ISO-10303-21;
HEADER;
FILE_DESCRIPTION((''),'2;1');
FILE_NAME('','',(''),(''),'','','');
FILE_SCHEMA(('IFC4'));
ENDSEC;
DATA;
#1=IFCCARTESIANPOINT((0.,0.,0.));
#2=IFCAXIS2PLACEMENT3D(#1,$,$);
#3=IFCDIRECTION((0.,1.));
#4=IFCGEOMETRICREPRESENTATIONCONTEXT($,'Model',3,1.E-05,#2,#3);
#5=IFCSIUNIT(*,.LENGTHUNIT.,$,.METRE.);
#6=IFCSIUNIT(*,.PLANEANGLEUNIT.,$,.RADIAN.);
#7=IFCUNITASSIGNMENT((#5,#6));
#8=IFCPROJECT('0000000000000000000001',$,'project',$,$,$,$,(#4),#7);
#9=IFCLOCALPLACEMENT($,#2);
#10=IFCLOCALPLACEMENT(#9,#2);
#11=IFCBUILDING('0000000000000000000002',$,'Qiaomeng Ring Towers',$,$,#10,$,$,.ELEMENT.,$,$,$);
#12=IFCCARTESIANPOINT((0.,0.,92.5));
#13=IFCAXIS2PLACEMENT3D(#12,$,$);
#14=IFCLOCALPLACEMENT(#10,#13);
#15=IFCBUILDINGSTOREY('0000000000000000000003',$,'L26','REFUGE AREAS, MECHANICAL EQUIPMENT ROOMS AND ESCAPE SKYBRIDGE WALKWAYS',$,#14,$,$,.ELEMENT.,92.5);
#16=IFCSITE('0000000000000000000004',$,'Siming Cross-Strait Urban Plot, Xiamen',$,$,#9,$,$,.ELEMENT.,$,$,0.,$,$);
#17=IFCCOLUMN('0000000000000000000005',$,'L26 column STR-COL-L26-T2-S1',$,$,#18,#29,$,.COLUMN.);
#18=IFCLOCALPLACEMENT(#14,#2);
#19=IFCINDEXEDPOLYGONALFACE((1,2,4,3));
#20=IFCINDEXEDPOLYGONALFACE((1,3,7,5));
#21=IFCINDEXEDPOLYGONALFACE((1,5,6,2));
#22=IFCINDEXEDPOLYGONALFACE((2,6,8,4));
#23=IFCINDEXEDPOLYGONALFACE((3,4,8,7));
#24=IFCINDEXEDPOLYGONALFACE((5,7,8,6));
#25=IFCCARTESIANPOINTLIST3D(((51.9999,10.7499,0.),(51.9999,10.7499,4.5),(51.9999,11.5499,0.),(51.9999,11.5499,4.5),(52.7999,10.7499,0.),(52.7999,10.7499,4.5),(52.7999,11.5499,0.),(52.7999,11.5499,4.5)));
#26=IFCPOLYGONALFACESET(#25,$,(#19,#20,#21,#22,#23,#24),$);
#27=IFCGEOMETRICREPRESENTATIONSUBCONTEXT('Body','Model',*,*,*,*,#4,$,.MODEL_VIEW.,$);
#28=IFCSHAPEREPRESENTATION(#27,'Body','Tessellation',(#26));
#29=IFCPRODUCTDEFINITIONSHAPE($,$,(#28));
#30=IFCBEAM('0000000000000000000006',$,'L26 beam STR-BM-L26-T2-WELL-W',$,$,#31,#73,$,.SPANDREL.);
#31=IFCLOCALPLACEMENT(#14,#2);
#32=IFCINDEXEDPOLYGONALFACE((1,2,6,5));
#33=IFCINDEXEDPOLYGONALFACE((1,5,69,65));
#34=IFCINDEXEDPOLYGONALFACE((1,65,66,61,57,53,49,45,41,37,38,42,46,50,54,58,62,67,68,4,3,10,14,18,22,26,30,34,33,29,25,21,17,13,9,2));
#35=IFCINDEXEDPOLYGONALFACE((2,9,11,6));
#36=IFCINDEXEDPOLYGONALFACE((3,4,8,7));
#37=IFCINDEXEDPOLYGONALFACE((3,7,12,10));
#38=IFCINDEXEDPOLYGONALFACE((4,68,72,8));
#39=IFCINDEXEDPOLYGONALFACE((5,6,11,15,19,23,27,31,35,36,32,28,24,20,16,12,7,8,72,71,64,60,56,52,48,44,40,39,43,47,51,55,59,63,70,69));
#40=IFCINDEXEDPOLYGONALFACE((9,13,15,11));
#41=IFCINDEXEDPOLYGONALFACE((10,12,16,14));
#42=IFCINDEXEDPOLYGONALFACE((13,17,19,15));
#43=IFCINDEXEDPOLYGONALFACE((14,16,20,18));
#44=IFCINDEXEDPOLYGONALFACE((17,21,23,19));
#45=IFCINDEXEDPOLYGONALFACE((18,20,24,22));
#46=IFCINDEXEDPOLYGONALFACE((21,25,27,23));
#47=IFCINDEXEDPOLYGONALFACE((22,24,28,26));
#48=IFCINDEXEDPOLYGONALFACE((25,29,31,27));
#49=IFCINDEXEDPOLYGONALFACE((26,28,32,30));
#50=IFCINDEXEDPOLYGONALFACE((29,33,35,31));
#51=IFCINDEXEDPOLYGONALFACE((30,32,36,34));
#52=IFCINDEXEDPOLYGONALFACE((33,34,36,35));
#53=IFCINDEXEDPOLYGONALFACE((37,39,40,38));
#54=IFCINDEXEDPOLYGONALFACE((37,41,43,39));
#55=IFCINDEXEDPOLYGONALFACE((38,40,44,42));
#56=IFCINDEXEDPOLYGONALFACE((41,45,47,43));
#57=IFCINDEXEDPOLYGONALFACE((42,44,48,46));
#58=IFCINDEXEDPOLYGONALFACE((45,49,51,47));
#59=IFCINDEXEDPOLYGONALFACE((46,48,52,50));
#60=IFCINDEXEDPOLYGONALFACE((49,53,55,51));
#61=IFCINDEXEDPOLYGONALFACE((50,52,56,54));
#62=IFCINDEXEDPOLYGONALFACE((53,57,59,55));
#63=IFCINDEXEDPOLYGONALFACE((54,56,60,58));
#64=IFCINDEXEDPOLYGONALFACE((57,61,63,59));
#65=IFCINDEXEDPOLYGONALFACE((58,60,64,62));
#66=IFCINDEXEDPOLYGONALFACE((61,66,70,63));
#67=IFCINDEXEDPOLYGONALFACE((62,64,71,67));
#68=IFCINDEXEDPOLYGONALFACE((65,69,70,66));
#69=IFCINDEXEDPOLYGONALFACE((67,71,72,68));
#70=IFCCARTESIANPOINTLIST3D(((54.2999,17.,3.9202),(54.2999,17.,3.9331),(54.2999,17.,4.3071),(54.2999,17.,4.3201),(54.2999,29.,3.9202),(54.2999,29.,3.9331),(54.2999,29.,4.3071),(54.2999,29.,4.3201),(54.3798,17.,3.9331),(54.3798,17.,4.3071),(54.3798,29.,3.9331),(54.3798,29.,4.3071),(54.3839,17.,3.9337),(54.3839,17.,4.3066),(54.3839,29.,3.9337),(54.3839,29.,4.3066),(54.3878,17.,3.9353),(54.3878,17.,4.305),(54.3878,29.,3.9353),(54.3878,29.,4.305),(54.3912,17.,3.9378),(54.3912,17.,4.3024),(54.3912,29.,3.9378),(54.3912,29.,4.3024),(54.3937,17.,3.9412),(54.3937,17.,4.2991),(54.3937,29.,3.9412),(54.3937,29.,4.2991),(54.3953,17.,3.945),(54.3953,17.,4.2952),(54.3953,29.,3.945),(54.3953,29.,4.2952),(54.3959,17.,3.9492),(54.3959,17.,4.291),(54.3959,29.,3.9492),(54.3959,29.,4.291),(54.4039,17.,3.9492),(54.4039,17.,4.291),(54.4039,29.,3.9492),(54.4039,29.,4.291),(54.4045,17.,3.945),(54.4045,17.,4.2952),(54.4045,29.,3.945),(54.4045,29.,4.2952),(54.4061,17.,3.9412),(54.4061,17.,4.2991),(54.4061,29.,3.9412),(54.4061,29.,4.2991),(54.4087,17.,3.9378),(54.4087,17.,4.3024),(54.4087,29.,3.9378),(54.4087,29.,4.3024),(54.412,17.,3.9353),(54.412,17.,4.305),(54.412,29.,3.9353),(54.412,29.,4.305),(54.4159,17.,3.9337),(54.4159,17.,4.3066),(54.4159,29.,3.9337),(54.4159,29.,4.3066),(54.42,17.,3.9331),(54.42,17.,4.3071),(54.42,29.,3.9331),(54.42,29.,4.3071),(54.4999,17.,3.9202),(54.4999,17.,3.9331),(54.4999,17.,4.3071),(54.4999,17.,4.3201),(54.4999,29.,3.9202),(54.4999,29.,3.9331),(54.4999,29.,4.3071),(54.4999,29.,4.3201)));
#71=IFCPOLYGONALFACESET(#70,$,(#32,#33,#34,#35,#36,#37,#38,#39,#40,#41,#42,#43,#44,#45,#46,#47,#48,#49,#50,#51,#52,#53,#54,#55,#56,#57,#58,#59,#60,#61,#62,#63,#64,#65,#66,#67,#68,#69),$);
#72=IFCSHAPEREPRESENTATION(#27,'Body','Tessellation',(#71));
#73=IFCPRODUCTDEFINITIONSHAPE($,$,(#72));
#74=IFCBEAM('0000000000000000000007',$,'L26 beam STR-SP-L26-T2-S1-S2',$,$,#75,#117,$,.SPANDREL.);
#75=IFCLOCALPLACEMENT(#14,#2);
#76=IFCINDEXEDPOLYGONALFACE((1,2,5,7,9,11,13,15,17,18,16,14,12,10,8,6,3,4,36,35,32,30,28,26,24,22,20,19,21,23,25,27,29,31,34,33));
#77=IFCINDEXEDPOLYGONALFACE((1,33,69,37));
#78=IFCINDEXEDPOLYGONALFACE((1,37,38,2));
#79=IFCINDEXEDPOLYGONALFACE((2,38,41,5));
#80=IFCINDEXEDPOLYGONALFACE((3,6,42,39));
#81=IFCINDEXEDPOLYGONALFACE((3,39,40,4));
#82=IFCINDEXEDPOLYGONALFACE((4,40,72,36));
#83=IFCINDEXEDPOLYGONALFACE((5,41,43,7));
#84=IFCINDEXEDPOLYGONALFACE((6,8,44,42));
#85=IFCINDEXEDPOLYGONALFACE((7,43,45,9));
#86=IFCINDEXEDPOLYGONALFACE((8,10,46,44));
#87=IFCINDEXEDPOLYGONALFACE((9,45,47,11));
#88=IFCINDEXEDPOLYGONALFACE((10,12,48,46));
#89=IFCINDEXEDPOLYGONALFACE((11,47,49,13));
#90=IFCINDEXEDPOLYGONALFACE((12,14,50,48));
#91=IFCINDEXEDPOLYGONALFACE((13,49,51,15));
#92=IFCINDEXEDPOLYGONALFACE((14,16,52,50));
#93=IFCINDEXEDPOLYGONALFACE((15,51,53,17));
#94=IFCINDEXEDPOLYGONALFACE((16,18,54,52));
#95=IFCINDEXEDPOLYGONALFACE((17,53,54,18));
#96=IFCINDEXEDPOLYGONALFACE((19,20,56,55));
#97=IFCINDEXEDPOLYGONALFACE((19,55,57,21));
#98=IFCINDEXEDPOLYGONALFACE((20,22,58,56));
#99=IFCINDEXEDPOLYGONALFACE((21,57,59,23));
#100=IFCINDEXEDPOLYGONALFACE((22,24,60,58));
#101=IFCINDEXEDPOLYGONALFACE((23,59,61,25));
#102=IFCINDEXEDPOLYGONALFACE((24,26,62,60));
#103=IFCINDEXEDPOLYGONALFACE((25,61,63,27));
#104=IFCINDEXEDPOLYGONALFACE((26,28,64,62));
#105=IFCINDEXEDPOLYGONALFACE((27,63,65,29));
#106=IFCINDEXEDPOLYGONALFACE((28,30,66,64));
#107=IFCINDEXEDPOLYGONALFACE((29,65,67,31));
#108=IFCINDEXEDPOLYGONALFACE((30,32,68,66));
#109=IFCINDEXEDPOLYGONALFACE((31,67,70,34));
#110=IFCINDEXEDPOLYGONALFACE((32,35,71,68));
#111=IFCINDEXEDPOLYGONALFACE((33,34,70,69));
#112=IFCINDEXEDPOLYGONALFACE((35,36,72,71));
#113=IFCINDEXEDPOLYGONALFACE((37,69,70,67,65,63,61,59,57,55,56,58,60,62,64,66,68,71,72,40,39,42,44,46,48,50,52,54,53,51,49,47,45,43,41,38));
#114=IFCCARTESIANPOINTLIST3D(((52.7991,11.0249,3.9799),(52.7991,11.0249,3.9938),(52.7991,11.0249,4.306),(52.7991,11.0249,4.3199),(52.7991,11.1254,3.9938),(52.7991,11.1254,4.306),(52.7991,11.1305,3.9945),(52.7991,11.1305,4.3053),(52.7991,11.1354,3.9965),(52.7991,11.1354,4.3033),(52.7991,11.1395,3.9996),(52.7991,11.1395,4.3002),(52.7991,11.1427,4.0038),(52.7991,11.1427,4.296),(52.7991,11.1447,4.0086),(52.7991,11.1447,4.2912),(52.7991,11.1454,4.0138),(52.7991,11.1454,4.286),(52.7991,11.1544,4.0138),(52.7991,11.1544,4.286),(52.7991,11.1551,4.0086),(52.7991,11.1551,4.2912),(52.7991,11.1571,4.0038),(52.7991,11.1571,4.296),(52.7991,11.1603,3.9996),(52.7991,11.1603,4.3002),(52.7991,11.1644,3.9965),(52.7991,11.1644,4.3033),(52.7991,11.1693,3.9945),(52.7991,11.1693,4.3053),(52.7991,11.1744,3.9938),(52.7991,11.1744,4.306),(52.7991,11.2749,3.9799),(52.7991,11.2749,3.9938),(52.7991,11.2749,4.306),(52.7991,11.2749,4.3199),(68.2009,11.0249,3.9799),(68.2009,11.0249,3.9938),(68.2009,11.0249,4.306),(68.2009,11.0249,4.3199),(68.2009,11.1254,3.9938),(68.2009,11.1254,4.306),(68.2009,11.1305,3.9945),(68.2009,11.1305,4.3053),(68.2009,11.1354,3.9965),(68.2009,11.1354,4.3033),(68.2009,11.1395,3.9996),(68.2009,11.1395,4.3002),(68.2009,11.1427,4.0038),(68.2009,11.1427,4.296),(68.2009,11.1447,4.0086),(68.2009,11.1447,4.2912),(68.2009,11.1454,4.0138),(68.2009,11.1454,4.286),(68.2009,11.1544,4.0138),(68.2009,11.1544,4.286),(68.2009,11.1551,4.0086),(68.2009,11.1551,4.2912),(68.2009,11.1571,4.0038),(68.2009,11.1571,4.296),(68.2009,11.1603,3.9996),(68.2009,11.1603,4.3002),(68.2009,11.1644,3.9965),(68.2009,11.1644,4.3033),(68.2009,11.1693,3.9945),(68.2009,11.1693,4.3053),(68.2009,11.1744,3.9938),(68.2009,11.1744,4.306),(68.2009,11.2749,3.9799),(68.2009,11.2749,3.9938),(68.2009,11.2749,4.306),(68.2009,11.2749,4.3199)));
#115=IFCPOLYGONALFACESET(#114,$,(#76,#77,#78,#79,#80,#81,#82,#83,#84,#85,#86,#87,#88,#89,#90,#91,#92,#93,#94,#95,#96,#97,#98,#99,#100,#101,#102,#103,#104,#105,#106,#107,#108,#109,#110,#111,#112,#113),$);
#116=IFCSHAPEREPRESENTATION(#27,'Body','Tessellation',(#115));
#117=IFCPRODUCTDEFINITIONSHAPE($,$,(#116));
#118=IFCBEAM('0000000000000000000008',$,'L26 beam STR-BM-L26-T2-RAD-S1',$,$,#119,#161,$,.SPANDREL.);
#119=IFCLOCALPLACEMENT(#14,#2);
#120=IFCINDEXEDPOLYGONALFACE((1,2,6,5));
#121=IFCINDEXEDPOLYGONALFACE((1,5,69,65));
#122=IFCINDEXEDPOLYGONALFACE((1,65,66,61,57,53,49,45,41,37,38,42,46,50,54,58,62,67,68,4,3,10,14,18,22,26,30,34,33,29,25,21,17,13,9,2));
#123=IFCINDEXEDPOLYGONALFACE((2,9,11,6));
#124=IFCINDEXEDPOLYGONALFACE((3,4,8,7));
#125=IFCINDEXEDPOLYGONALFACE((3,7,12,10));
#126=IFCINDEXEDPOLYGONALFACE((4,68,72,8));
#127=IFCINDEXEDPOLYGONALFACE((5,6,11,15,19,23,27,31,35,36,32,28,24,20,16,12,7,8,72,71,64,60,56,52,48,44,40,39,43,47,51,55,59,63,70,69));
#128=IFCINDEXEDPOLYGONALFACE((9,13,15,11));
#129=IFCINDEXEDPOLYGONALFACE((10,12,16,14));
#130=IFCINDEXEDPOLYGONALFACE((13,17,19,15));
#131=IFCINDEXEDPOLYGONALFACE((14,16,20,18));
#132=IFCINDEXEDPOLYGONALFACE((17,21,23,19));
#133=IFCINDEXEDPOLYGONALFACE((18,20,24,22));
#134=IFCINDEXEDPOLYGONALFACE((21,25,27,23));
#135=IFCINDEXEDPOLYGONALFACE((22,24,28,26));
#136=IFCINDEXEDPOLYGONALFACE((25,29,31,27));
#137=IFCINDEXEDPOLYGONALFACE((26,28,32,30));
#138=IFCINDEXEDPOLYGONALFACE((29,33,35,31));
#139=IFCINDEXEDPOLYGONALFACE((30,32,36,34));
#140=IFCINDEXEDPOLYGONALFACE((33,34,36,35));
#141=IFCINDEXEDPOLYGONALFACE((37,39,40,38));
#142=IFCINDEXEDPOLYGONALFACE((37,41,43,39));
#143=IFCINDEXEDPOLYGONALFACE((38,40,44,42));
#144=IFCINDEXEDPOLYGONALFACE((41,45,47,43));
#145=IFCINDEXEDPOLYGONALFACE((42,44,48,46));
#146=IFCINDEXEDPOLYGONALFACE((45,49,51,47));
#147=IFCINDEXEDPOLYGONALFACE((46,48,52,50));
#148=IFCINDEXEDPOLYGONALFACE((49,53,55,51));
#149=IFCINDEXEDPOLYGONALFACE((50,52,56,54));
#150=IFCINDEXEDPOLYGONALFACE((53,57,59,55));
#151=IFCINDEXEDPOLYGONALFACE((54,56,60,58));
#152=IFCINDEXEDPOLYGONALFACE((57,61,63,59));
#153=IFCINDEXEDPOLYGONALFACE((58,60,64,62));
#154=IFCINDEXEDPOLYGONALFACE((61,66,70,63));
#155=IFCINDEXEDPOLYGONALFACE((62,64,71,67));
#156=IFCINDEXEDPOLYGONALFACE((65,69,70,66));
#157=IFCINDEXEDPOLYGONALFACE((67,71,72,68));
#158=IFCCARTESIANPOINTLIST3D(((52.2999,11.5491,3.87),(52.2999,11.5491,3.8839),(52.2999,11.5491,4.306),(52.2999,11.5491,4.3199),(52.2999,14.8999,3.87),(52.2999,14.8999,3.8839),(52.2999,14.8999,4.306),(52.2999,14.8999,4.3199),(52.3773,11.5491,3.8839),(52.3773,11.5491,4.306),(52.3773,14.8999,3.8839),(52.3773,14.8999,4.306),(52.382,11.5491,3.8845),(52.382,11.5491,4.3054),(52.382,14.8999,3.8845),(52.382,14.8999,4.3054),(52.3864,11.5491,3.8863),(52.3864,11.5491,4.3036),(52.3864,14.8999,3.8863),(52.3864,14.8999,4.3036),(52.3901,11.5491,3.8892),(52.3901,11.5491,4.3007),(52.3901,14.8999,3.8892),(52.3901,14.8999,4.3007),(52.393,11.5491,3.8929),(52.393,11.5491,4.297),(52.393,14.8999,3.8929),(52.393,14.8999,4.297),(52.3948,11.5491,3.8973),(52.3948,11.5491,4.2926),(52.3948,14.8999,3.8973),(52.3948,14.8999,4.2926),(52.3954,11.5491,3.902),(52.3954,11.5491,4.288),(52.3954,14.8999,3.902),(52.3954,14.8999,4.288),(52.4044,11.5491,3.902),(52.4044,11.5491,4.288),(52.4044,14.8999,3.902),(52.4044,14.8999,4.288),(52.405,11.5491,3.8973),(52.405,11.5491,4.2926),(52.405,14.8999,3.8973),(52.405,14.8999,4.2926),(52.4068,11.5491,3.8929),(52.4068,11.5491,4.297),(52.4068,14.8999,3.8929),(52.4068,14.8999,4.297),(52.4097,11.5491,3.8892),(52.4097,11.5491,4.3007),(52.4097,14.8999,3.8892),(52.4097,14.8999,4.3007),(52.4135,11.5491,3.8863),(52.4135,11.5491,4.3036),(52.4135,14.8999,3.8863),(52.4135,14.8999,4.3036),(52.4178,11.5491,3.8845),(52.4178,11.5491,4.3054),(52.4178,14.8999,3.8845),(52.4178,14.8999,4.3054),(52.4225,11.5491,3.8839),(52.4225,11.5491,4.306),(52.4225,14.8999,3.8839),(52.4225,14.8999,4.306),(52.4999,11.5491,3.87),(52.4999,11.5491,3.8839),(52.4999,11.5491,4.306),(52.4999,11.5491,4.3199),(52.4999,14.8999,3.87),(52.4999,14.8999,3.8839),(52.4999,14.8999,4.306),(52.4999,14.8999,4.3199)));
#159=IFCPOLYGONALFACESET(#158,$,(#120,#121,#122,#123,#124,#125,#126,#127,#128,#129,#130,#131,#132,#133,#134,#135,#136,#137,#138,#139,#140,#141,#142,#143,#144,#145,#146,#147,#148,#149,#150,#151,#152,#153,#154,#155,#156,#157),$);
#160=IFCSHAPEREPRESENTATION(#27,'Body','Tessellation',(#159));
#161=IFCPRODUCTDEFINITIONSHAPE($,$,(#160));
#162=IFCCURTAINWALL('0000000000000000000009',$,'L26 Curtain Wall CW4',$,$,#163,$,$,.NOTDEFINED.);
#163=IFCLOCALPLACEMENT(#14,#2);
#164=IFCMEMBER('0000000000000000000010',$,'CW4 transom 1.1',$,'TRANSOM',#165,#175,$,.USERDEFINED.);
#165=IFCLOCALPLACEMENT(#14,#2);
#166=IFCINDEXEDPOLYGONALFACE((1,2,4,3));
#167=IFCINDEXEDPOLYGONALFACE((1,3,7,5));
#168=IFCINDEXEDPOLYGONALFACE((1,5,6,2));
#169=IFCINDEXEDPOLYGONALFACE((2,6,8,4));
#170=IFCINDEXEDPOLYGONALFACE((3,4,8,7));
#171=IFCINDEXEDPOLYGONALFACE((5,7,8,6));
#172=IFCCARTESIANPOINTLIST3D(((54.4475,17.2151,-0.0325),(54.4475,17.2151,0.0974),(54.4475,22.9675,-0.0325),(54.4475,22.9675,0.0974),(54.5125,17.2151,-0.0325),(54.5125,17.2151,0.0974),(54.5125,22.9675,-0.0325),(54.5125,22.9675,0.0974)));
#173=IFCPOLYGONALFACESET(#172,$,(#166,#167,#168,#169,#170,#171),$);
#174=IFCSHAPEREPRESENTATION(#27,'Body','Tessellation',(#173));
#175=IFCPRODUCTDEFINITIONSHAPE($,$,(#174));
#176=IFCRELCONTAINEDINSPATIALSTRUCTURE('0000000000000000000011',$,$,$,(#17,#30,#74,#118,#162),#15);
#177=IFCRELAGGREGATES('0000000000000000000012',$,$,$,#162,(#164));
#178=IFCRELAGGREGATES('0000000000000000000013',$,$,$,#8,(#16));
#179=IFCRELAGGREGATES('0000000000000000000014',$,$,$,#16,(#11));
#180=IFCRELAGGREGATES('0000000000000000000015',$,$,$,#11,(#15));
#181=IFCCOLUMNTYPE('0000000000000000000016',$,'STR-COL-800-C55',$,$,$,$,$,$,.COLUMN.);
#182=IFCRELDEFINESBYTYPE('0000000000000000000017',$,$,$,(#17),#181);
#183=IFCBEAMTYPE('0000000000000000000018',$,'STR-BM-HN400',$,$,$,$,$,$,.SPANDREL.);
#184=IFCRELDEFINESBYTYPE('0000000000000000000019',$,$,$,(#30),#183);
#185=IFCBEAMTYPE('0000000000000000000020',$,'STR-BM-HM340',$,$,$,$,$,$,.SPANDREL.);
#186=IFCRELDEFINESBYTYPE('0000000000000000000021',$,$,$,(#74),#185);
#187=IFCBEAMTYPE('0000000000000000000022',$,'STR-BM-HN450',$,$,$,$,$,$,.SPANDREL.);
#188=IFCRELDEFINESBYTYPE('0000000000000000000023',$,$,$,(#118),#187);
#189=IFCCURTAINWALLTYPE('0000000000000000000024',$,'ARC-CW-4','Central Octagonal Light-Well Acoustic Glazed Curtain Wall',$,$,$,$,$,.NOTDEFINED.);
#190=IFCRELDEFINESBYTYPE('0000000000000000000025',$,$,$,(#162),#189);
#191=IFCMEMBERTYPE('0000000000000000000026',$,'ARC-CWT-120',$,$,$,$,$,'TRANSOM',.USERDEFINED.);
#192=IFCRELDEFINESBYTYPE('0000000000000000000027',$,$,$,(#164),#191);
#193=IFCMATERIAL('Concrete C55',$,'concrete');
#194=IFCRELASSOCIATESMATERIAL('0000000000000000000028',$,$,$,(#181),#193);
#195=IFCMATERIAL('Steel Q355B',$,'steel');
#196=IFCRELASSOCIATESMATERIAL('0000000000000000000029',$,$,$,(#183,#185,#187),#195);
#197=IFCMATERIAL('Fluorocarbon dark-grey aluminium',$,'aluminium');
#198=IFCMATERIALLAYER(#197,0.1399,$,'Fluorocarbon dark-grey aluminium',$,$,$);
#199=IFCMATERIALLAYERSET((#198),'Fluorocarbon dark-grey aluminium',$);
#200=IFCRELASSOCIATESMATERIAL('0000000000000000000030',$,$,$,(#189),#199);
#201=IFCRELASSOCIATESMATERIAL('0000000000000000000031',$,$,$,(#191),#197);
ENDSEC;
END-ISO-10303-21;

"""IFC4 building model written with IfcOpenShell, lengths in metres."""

from ifc_helpers import new_model, si_unit, direction, frame, origin, origin_2d, place, context, subcontext, project, spatial, rectangle, i_section, extrude, source, transform, mapped, material, layer, layer_set, material_profile, profile_set, type_object, element, aggregate, save


model = new_model("IFC4")

# Units and contexts
model_context = context("Model", 3, precision=1e-05, world=origin(), true_north=direction((0.0, 1.0)))
body_context = subcontext(model_context, "Body", "Model", "MODEL_VIEW")
ifc_project = project(units=[si_unit("LENGTHUNIT", "METRE"), si_unit("PLANEANGLEUNIT", "RADIAN")], contexts=[model_context])

# Site, building, storey
site_placement = place(None, origin())
site = spatial("IfcSite", under=ifc_project, at=site_placement, Name="Siming Cross-Strait Urban Plot, Xiamen", CompositionType="ELEMENT", RefElevation=0.0)
building_placement = place(site_placement, origin())
building = spatial("IfcBuilding", under=site, at=building_placement, Name="Qiaomeng Ring Towers", CompositionType="ELEMENT")
storey_placement = place(building_placement, frame((0.0, 0.0, 92.5)))
storey = spatial("IfcBuildingStorey", under=building, at=storey_placement, Name="L26", Description="REFUGE AREAS, MECHANICAL EQUIPMENT ROOMS AND ESCAPE SKYBRIDGE WALKWAYS", CompositionType="ELEMENT", Elevation=92.5)

# Column
ifc_material_1 = material(Name="Concrete C55", Category="concrete")
ifc_material_profile_1 = material_profile(ifc_material_1, rectangle(XDim=0.8, YDim=0.8, at=origin_2d()), Name="RC COL 800x800")
ifc_profile_set_1 = profile_set([ifc_material_profile_1], Name="Concrete C55")
column_type = type_object("IfcColumnType", Name="STR-COL-800-C55", PredefinedType="COLUMN", material=ifc_profile_set_1)
shared_shape_1 = source(origin(), body_context, "Body", "SweptSolid", [
    extrude(rectangle(XDim=0.8, YDim=0.8, at=origin_2d()), origin(), (0.0, 0.0, 1.0), 4.5),
])
column_placement = place(storey_placement, frame((52.3999, 11.1499, 0.0), z_axis=(0.0, 0.0, 1.0), x_axis=(1.0, 0.0, 0.0)))
element("IfcColumn", 1, at=column_placement, inside=storey, type_object=column_type, Name="L26 column STR-COL-L26-T2-S1", PredefinedType="COLUMN", context=body_context, shape_type="MappedRepresentation", body=[
    mapped(shared_shape_1, transform((0.0, 0.0, 0.0), x_axis=(1.0, 0.0, 0.0), y_axis=(0.0, 1.0, 0.0), z_axis=(0.0, 0.0, 1.0), scale=1.0)),
])

# Beams
ifc_material_2 = material(Name="Steel Q355B", Category="steel")
ifc_material_profile_2 = material_profile(ifc_material_2, i_section(OverallWidth=0.2, OverallDepth=0.3999, WebThickness=0.0081, FlangeThickness=0.0129, FilletRadius=0.0161, at=origin_2d()), Name="HN 400x200x8x13")
ifc_profile_set_2 = profile_set([ifc_material_profile_2], Name="Steel Q355B")
beam_type_1 = type_object("IfcBeamType", Name="STR-BM-HN400", PredefinedType="SPANDREL", material=ifc_profile_set_2)
shared_shape_2 = source(origin(), body_context, "Body", "SweptSolid", [
    extrude(i_section(OverallWidth=0.2, OverallDepth=0.3999, WebThickness=0.0081, FlangeThickness=0.0129, FilletRadius=0.0161, at=origin_2d()), origin(), (0.0, 0.0, 1.0), 12.0),
])
beam_1_placement = place(storey_placement, frame((54.3999, 17.0, 4.1201), z_axis=(0.0, 1.0, 0.0), x_axis=(-1.0, 0.0, 0.0)))
element("IfcBeam", 2, at=beam_1_placement, inside=storey, type_object=beam_type_1, Name="L26 beam STR-BM-L26-T2-WELL-W", PredefinedType="SPANDREL", context=body_context, shape_type="MappedRepresentation", body=[
    mapped(shared_shape_2, transform((0.0, 0.0, 0.0), x_axis=(1.0, 0.0, 0.0), y_axis=(0.0, 1.0, 0.0), z_axis=(0.0, 0.0, 1.0), scale=1.0)),
])
ifc_material_profile_3 = material_profile(ifc_material_2, i_section(OverallWidth=0.25, OverallDepth=0.3401, WebThickness=0.009, FlangeThickness=0.0139, FilletRadius=0.02, at=origin_2d()), Name="HM 340x250x9x14")
ifc_profile_set_3 = profile_set([ifc_material_profile_3], Name="Steel Q355B")
beam_type_2 = type_object("IfcBeamType", Name="STR-BM-HM340", PredefinedType="SPANDREL", material=ifc_profile_set_3)
shared_shape_3 = source(origin(), body_context, "Body", "SweptSolid", [
    extrude(i_section(OverallWidth=0.25, OverallDepth=0.3401, WebThickness=0.009, FlangeThickness=0.0139, FilletRadius=0.02, at=origin_2d()), origin(), (0.0, 0.0, 1.0), 15.4019),
])
beam_2_placement = place(storey_placement, frame((52.7991, 11.1499, 4.1499), z_axis=(1.0, 0.0, 0.0), x_axis=(0.0, 1.0, 0.0)))
element("IfcBeam", 3, at=beam_2_placement, inside=storey, type_object=beam_type_2, Name="L26 beam STR-SP-L26-T2-S1-S2", PredefinedType="SPANDREL", context=body_context, shape_type="MappedRepresentation", body=[
    mapped(shared_shape_3, transform((0.0, 0.0, 0.0), x_axis=(1.0, 0.0, 0.0), y_axis=(0.0, 1.0, 0.0), z_axis=(0.0, 0.0, 1.0), scale=1.0)),
])
ifc_material_profile_4 = material_profile(ifc_material_2, i_section(OverallWidth=0.2, OverallDepth=0.45, WebThickness=0.009, FlangeThickness=0.0139, FilletRadius=0.0181, at=origin_2d()), Name="HN 450x200x9x14")
ifc_profile_set_4 = profile_set([ifc_material_profile_4], Name="Steel Q355B")
beam_type_3 = type_object("IfcBeamType", Name="STR-BM-HN450", PredefinedType="SPANDREL", material=ifc_profile_set_4)
shared_shape_4 = source(origin(), body_context, "Body", "SweptSolid", [
    extrude(i_section(OverallWidth=0.2, OverallDepth=0.45, WebThickness=0.009, FlangeThickness=0.0139, FilletRadius=0.0181, at=origin_2d()), origin(), (0.0, 0.0, 1.0), 3.3508),
])
beam_3_placement = place(storey_placement, frame((52.3999, 11.5491, 4.095), z_axis=(0.0, 1.0, 0.0), x_axis=(-1.0, 0.0, 0.0)))
element("IfcBeam", 4, at=beam_3_placement, inside=storey, type_object=beam_type_3, Name="L26 beam STR-BM-L26-T2-RAD-S1", PredefinedType="SPANDREL", context=body_context, shape_type="MappedRepresentation", body=[
    mapped(shared_shape_4, transform((0.0, 0.0, 0.0), x_axis=(1.0, 0.0, 0.0), y_axis=(0.0, 1.0, 0.0), z_axis=(0.0, 0.0, 1.0), scale=1.0)),
])

# Curtain wall, member
ifc_material_3 = material(Name="Fluorocarbon dark-grey aluminium", Category="aluminium")
ifc_layer_1 = layer(ifc_material_3, 0.1399, Name="Fluorocarbon dark-grey aluminium")
ifc_layer_set_1 = layer_set([ifc_layer_1], Name="Fluorocarbon dark-grey aluminium")
curtain_wall_type_1 = type_object("IfcCurtainWallType", Name="ARC-CW-4", Description="Central Octagonal Light-Well Acoustic Glazed Curtain Wall", PredefinedType="NOTDEFINED", material=ifc_layer_set_1)
curtain_wall_1_placement = place(storey_placement, origin())
curtain_wall_1 = element("IfcCurtainWall", 5, at=curtain_wall_1_placement, inside=storey, type_object=curtain_wall_type_1, Name="L26 Curtain Wall CW4", PredefinedType="NOTDEFINED")
ifc_material_profile_5 = material_profile(ifc_material_3, rectangle(XDim=0.0649, YDim=0.1299, at=origin_2d()), Name="ALU TRAN 65x130")
ifc_profile_set_5 = profile_set([ifc_material_profile_5], Name="Fluorocarbon dark-grey aluminium")
member_type_1 = type_object("IfcMemberType", Name="ARC-CWT-120", ElementType="TRANSOM", PredefinedType="USERDEFINED", material=ifc_profile_set_5)
shared_shape_5 = source(origin(), body_context, "Body", "SweptSolid", [
    extrude(rectangle(XDim=0.0649, YDim=0.1299, at=origin_2d()), origin(), (0.0, 0.0, 1.0), 5.7524),
])
member_1_placement = place(storey_placement, frame((54.48, 17.2151, 0.0325), z_axis=(0.0, 1.0, 0.0), x_axis=(-1.0, 0.0, 0.0)))
member_1 = element("IfcMember", 6, at=member_1_placement, type_object=member_type_1, Name="CW4 transom 1.1", ObjectType="TRANSOM", PredefinedType="USERDEFINED", context=body_context, shape_type="MappedRepresentation", body=[
    mapped(shared_shape_5, transform((0.0, 0.0, 0.0), x_axis=(1.0, 0.0, 0.0), y_axis=(0.0, 1.0, 0.0), z_axis=(0.0, 0.0, 1.0), scale=1.0)),
])

aggregate(curtain_wall_1, [member_1])

save(model, "model.ifc")
